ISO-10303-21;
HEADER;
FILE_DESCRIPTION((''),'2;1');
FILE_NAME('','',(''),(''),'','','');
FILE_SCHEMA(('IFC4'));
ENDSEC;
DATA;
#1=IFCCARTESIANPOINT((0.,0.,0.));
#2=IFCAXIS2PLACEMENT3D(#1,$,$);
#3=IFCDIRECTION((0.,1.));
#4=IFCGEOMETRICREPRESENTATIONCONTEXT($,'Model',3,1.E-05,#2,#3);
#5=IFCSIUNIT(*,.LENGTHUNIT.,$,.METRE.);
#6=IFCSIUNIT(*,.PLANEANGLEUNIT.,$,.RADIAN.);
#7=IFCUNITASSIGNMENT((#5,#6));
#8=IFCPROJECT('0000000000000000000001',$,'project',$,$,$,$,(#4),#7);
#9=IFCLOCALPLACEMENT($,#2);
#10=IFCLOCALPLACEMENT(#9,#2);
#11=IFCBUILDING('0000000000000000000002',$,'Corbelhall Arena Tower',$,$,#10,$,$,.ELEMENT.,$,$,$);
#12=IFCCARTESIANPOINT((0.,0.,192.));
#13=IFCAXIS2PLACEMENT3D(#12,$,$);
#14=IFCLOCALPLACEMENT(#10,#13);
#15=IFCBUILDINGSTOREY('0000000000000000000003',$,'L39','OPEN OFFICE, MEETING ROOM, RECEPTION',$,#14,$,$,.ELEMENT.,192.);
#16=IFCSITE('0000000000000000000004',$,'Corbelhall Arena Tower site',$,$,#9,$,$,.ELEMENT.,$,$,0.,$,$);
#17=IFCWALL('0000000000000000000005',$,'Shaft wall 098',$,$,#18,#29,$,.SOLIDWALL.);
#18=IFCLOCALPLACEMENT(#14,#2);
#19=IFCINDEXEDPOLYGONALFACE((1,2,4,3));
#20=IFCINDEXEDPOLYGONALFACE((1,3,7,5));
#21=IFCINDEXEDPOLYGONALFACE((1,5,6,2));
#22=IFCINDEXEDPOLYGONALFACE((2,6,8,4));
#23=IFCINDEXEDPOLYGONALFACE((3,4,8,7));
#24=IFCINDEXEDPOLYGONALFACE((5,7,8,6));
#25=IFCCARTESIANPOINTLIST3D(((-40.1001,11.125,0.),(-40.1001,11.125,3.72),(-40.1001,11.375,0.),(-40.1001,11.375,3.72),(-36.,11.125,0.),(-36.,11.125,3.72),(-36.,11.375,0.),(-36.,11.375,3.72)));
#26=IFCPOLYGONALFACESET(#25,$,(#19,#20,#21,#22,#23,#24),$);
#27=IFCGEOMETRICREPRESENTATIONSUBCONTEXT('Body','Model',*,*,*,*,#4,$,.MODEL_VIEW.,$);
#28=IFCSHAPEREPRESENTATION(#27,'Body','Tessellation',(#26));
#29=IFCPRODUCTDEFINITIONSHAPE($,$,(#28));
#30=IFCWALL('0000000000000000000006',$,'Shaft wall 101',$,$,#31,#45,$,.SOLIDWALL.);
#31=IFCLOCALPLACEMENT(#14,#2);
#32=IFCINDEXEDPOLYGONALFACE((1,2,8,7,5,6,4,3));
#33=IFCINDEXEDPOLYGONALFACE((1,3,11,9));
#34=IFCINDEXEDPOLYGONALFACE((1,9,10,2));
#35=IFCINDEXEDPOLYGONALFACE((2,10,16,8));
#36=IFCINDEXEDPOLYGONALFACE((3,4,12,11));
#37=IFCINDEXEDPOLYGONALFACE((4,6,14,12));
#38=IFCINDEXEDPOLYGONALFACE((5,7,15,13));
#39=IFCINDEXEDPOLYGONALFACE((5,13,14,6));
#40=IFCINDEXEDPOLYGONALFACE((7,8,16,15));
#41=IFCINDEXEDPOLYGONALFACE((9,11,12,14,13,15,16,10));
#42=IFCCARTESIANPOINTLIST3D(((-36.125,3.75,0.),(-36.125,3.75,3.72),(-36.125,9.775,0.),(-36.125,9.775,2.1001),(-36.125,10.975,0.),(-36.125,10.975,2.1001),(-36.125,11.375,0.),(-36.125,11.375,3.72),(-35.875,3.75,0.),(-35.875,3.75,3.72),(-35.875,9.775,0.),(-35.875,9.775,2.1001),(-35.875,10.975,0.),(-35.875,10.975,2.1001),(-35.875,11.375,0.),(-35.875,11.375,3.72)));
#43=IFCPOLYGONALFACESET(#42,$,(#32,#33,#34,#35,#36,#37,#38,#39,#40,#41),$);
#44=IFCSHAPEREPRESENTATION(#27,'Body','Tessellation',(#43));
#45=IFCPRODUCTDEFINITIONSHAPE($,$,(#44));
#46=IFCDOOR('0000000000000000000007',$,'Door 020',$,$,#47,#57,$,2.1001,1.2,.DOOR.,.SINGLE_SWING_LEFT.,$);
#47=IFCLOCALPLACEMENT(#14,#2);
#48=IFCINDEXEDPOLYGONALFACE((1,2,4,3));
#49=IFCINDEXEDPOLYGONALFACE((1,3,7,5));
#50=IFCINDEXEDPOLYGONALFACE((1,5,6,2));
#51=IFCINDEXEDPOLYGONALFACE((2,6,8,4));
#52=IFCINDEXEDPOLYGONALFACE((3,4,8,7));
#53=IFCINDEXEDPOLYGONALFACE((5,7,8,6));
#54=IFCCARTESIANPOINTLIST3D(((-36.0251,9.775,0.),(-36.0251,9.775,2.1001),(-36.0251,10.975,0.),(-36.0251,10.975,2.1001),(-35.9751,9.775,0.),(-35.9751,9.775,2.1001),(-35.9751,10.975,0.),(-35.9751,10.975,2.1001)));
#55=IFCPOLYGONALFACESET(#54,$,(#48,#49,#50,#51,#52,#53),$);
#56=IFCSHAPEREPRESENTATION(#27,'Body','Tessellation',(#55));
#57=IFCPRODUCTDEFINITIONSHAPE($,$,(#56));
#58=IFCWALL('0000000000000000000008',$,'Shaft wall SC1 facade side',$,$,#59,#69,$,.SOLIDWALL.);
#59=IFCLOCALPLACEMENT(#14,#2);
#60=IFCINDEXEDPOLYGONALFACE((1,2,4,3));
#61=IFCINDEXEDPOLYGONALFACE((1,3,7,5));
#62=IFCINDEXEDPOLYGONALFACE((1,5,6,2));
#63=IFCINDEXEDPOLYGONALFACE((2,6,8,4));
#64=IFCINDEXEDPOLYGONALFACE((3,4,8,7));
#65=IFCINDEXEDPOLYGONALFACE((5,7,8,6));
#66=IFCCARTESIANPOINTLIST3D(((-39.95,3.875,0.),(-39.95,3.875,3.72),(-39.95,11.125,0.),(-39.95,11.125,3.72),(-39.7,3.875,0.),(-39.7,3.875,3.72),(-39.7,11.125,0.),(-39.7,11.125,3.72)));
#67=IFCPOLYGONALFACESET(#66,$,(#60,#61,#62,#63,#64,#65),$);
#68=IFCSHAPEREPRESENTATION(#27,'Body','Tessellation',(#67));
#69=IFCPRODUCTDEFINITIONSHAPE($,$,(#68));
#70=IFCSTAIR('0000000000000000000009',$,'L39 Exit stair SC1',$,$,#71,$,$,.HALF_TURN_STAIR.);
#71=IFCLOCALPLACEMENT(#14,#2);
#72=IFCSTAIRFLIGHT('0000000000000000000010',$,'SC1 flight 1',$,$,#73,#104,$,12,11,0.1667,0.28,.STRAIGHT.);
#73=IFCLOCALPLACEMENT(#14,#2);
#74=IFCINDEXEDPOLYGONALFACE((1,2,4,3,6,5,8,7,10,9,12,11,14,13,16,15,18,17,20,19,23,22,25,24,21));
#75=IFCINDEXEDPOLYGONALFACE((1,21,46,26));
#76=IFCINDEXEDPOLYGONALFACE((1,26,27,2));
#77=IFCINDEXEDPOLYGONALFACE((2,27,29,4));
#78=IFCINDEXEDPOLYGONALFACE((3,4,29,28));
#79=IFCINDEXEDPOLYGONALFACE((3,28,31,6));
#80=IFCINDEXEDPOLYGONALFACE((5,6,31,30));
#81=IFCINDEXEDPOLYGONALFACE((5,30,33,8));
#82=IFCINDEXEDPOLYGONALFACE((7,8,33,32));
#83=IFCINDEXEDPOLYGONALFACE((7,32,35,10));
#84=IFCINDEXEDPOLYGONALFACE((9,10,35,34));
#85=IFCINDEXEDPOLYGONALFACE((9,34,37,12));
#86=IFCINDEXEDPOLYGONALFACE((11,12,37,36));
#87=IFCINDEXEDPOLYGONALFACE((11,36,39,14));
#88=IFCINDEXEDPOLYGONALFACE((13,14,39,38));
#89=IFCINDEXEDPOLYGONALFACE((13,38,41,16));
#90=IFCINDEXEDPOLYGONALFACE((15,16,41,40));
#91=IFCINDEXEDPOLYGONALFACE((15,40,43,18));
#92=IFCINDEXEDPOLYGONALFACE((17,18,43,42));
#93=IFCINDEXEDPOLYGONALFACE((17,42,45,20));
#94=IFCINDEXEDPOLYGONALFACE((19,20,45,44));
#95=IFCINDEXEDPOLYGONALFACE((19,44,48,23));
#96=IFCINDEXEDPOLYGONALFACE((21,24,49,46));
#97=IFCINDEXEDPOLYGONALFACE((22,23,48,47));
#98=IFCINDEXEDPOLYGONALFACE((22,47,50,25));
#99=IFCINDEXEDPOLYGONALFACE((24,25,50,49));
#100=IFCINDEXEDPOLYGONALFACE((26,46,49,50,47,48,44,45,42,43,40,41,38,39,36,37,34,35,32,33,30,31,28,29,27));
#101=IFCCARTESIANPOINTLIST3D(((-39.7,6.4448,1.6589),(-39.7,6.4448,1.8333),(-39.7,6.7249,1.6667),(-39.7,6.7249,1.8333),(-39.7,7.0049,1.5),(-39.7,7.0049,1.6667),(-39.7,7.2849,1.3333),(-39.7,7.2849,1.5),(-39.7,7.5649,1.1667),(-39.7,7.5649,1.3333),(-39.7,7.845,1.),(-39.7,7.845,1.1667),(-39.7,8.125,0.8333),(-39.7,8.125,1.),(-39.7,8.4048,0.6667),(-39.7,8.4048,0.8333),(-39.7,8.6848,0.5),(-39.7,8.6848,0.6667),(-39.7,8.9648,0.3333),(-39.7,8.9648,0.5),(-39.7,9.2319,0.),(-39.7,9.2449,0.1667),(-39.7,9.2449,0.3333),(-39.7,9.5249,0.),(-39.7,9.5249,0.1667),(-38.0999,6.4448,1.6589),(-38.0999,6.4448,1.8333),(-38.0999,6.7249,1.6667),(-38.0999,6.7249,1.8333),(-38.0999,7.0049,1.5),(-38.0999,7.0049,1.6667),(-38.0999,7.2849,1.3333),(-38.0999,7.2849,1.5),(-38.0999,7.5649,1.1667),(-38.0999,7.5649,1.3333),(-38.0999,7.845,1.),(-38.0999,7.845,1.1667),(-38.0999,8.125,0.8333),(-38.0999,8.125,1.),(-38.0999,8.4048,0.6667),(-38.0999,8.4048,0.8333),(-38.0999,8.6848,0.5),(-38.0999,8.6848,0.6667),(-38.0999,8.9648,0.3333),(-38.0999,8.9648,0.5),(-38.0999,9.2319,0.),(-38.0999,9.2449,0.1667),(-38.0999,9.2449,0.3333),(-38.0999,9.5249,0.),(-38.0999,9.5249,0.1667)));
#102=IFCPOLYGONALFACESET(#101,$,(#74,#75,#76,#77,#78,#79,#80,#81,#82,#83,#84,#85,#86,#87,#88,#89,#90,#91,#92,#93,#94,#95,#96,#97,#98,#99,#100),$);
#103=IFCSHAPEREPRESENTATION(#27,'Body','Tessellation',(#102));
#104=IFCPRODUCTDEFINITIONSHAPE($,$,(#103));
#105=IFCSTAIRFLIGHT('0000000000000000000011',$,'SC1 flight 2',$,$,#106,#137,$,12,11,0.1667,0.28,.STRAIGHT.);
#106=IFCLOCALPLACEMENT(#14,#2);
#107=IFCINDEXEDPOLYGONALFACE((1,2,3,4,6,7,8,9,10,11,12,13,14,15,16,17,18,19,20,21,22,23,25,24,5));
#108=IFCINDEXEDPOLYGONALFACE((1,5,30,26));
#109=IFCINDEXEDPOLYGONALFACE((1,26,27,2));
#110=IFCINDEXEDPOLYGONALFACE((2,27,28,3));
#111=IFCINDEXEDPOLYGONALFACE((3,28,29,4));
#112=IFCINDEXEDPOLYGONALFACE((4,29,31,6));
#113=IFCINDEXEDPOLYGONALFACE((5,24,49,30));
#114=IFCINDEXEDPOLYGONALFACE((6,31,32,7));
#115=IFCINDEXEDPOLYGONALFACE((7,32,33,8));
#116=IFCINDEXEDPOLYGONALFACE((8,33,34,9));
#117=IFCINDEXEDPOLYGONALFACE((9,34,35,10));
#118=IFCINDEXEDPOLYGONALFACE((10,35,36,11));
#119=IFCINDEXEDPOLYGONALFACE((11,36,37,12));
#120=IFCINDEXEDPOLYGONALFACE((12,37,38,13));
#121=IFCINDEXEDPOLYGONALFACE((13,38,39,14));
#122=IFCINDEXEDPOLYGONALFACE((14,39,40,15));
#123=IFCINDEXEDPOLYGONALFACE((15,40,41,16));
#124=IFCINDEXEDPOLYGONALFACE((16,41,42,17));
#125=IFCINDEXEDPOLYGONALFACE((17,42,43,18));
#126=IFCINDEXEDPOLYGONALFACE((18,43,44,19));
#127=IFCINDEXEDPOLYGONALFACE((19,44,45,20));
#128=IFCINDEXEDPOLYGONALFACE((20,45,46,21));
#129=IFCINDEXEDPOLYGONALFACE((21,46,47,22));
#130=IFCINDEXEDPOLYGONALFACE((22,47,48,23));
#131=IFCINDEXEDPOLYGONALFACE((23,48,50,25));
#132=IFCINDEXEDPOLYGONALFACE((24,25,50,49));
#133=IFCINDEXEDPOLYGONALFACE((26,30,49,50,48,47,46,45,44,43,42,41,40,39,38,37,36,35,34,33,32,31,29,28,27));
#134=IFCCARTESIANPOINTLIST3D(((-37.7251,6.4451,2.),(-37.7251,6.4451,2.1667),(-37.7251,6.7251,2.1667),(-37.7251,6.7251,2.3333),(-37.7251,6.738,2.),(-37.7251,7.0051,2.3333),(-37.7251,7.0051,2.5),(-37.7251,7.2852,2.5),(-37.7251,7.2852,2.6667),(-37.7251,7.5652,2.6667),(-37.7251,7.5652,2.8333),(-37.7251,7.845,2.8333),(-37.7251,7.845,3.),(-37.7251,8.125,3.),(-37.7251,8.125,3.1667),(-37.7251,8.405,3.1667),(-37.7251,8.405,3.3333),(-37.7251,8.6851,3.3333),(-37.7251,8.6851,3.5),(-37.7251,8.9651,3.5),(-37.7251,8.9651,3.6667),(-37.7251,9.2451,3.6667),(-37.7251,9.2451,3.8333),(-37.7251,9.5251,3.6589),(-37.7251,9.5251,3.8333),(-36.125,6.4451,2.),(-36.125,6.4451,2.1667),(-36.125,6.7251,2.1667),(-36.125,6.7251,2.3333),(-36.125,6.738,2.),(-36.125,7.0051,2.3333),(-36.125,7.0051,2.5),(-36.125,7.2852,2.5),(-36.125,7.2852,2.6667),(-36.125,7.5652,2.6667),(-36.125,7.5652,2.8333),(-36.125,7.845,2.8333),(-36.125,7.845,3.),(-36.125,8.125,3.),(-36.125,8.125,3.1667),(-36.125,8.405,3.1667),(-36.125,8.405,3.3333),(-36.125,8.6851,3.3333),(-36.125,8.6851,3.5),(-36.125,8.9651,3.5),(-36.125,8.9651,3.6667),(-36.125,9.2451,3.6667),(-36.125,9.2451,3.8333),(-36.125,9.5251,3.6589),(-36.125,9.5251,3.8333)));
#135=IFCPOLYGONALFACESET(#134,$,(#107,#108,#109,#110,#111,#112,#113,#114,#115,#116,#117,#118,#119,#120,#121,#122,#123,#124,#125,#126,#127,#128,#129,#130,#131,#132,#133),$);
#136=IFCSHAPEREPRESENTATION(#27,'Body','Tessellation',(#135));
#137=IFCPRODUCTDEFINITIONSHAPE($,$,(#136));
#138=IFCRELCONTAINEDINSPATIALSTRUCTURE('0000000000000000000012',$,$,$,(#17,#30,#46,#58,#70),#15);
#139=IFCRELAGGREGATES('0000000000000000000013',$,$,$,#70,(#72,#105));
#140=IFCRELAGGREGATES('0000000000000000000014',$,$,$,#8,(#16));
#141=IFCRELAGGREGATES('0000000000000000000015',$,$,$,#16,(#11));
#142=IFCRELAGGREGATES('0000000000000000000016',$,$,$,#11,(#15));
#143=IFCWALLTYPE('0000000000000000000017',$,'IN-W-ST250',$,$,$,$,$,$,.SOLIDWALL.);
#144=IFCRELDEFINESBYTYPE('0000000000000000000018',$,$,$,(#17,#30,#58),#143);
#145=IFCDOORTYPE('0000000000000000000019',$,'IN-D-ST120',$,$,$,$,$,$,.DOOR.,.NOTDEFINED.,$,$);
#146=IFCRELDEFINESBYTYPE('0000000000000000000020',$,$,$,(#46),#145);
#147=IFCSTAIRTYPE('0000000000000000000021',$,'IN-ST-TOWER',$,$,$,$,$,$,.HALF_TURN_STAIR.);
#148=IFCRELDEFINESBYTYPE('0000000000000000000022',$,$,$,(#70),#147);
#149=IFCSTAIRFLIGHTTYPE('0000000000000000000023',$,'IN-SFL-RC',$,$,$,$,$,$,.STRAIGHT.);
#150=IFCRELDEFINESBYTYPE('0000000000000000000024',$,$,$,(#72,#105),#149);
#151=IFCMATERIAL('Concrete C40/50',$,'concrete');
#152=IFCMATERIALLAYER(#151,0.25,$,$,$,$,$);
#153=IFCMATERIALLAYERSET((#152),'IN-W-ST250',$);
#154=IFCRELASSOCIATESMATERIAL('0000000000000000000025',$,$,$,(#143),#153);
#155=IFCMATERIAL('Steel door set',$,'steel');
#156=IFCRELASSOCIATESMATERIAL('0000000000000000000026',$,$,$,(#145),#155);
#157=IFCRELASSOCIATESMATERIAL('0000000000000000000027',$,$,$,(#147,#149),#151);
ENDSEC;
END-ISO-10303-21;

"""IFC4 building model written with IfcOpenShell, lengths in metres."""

from ifc_helpers import new_model, si_unit, direction, frame, frame_2d, origin, place, context, subcontext, project, spatial, polyline, rectangle, outline, extrude, material, layer, layer_set, type_object, element, fill, aggregate, save


model = new_model("IFC4")

# Units and contexts
model_context = context("Model", 3, precision=1e-05, world=origin(), true_north=direction((0.0, 1.0)))
body_context = subcontext(model_context, "Body", "Model", "MODEL_VIEW")
ifc_project = project(units=[si_unit("LENGTHUNIT", "METRE"), si_unit("PLANEANGLEUNIT", "RADIAN")], contexts=[model_context])

# Site, building, storey
site_placement = place(None, origin())
site = spatial("IfcSite", under=ifc_project, at=site_placement, Name="Corbelhall Arena Tower site", CompositionType="ELEMENT", RefElevation=0.0)
building_placement = place(site_placement, origin())
building = spatial("IfcBuilding", under=site, at=building_placement, Name="Corbelhall Arena Tower", CompositionType="ELEMENT")
storey_placement = place(building_placement, frame((0.0, 0.0, 192.0)))
storey = spatial("IfcBuildingStorey", under=building, at=storey_placement, Name="L39", Description="OPEN OFFICE, MEETING ROOM, RECEPTION", CompositionType="ELEMENT", Elevation=192.0)

# Shared definitions
ifc_material_1 = material(Name="Steel door set", Category="steel")

# Wall
ifc_material_2 = material(Name="Concrete C40/50", Category="concrete")
ifc_layer_1 = layer(ifc_material_2, 0.25)
ifc_layer_set_1 = layer_set([ifc_layer_1], Name="IN-W-ST250")
wall_type_1 = type_object("IfcWallType", Name="IN-W-ST250", PredefinedType="SOLIDWALL", material=ifc_layer_set_1)
wall_1_placement = place(storey_placement, frame((-40.1001, 11.25, 0.0), z_axis=(0.0, 0.0, 1.0), x_axis=(1.0, 0.0, 0.0)))
element("IfcWall", 1, at=wall_1_placement, inside=storey, type_object=wall_type_1, Name="Shaft wall 098", PredefinedType="SOLIDWALL", context=body_context, shape_type="SweptSolid", body=[
    extrude(rectangle(XDim=4.1001, YDim=0.25, at=frame_2d((2.05, 0.0))), origin(), (0.0, 0.0, 1.0), 3.72),
])

# Wall, opening, door
wall_2_placement = place(storey_placement, frame((-36.0, 11.375, 0.0), z_axis=(0.0, 0.0, 1.0), x_axis=(0.0, -1.0, 0.0)))
wall_2 = element("IfcWall", 2, at=wall_2_placement, inside=storey, type_object=wall_type_1, Name="Shaft wall 101", PredefinedType="SOLIDWALL", context=body_context, shape_type="SweptSolid", body=[
    extrude(rectangle(XDim=7.625, YDim=0.25, at=frame_2d((3.8125, 0.0))), origin(), (0.0, 0.0, 1.0), 3.72),
])
opening_1_placement = place(wall_2_placement, frame((0.3999, 0.0, 0.0)))
opening_1 = element("IfcOpeningElement", 3, at=opening_1_placement, cuts=wall_2, PredefinedType="OPENING", context=body_context, shape_type="SweptSolid", body=[
    extrude(rectangle(XDim=1.2, YDim=2.1001, at=frame_2d((0.6001, 1.05))), frame((0.0, 0.125, 0.0), z_axis=(0.0, -1.0, 0.0), x_axis=(1.0, 0.0, 0.0)), (0.0, 0.0, 1.0), 0.25),
])
door_type_1 = type_object("IfcDoorType", Name="IN-D-ST120", OperationType="NOTDEFINED", PredefinedType="DOOR", material=ifc_material_1)
door_1_placement = place(opening_1_placement, origin())
door_1 = element("IfcDoor", 4, at=door_1_placement, inside=storey, type_object=door_type_1, Name="Door 020", OperationType="SINGLE_SWING_LEFT", OverallHeight=2.1001, OverallWidth=1.2, PredefinedType="DOOR", context=body_context, shape_type="SweptSolid", body=[
    extrude(rectangle(XDim=1.2, YDim=2.1001, at=frame_2d((0.6001, 1.05))), frame((0.0, 0.0249, 0.0), z_axis=(0.0, -1.0, 0.0), x_axis=(1.0, 0.0, 0.0)), (0.0, 0.0, 1.0), 0.05),
])
fill(opening_1, door_1)

# Wall
wall_3_placement = place(storey_placement, frame((-39.825, 3.875, 0.0), z_axis=(0.0, 0.0, 1.0), x_axis=(0.0, 1.0, 0.0)))
element("IfcWall", 5, at=wall_3_placement, inside=storey, type_object=wall_type_1, Name="Shaft wall SC1 facade side", PredefinedType="SOLIDWALL", context=body_context, shape_type="SweptSolid", body=[
    extrude(rectangle(XDim=7.25, YDim=0.25, at=frame_2d((3.625, 0.0))), origin(), (0.0, 0.0, 1.0), 3.72),
])

# Stair, stair flights
stair_type = type_object("IfcStairType", Name="IN-ST-TOWER", PredefinedType="HALF_TURN_STAIR", material=ifc_material_2)
stair_placement = place(storey_placement, origin())
stair = element("IfcStair", 6, at=stair_placement, inside=storey, type_object=stair_type, Name="L39 Exit stair SC1", PredefinedType="HALF_TURN_STAIR")
stair_flight_type = type_object("IfcStairFlightType", Name="IN-SFL-RC", PredefinedType="STRAIGHT", material=ifc_material_2)
stair_flight_1_placement = place(storey_placement, frame((-38.8999, 9.5249, 0.0), z_axis=(0.0, 0.0, 1.0), x_axis=(0.0, -1.0, 0.0)))
stair_flight_1 = element("IfcStairFlight", 7, at=stair_flight_1_placement, type_object=stair_flight_type, Name="SC1 flight 1", NumberOfRisers=12, NumberOfTreads=11, PredefinedType="STRAIGHT", RiserHeight=0.1667, TreadLength=0.28, context=body_context, shape_type="SweptSolid", body=[
    extrude(outline(polyline([(0.0, 0.0), (0.0, 0.1667), (0.28, 0.1667), (0.28, 0.3333), (0.5601, 0.3333), (0.5601, 0.5), (0.8401, 0.5), (0.8401, 0.6667), (1.1201, 0.6667), (1.1201, 0.8333), (1.3999, 0.8333), (1.3999, 1.0), (1.6799, 1.0), (1.6799, 1.1667), (1.96, 1.1667), (1.96, 1.3333), (2.24, 1.3333), (2.24, 1.5), (2.52, 1.5), (2.52, 1.6667), (2.8, 1.6667), (2.8, 1.8333), (3.0801, 1.8333), (3.0801, 2.0), (3.0801, 1.6589), (0.293, 0.0), (0.0, 0.0)])), frame((0.0, 0.8, 0.0), z_axis=(0.0, -1.0, 0.0), x_axis=(1.0, 0.0, 0.0)), (0.0, 0.0, 1.0), 1.6001),
])
stair_flight_2_placement = place(storey_placement, frame((-36.925, 6.4451, 2.0), z_axis=(0.0, 0.0, 1.0), x_axis=(0.0, 1.0, 0.0)))
stair_flight_2 = element("IfcStairFlight", 8, at=stair_flight_2_placement, type_object=stair_flight_type, Name="SC1 flight 2", NumberOfRisers=12, NumberOfTreads=11, PredefinedType="STRAIGHT", RiserHeight=0.1667, TreadLength=0.28, context=body_context, shape_type="SweptSolid", body=[
    extrude(outline(polyline([(0.0, 0.0), (0.0, 0.1667), (0.28, 0.1667), (0.28, 0.3333), (0.5601, 0.3333), (0.5601, 0.5), (0.8401, 0.5), (0.8401, 0.6667), (1.1201, 0.6667), (1.1201, 0.8333), (1.3999, 0.8333), (1.3999, 1.0), (1.6799, 1.0), (1.6799, 1.1667), (1.96, 1.1667), (1.96, 1.3333), (2.24, 1.3333), (2.24, 1.5), (2.52, 1.5), (2.52, 1.6667), (2.8, 1.6667), (2.8, 1.8333), (3.0801, 1.8333), (3.0801, 2.0), (3.0801, 1.6589), (0.293, 0.0), (0.0, 0.0)])), frame((0.0, 0.8, 0.0), z_axis=(0.0, -1.0, 0.0), x_axis=(1.0, 0.0, 0.0)), (0.0, 0.0, 1.0), 1.6001),
])
aggregate(stair, [stair_flight_1, stair_flight_2])

save(model, "model.ifc")
